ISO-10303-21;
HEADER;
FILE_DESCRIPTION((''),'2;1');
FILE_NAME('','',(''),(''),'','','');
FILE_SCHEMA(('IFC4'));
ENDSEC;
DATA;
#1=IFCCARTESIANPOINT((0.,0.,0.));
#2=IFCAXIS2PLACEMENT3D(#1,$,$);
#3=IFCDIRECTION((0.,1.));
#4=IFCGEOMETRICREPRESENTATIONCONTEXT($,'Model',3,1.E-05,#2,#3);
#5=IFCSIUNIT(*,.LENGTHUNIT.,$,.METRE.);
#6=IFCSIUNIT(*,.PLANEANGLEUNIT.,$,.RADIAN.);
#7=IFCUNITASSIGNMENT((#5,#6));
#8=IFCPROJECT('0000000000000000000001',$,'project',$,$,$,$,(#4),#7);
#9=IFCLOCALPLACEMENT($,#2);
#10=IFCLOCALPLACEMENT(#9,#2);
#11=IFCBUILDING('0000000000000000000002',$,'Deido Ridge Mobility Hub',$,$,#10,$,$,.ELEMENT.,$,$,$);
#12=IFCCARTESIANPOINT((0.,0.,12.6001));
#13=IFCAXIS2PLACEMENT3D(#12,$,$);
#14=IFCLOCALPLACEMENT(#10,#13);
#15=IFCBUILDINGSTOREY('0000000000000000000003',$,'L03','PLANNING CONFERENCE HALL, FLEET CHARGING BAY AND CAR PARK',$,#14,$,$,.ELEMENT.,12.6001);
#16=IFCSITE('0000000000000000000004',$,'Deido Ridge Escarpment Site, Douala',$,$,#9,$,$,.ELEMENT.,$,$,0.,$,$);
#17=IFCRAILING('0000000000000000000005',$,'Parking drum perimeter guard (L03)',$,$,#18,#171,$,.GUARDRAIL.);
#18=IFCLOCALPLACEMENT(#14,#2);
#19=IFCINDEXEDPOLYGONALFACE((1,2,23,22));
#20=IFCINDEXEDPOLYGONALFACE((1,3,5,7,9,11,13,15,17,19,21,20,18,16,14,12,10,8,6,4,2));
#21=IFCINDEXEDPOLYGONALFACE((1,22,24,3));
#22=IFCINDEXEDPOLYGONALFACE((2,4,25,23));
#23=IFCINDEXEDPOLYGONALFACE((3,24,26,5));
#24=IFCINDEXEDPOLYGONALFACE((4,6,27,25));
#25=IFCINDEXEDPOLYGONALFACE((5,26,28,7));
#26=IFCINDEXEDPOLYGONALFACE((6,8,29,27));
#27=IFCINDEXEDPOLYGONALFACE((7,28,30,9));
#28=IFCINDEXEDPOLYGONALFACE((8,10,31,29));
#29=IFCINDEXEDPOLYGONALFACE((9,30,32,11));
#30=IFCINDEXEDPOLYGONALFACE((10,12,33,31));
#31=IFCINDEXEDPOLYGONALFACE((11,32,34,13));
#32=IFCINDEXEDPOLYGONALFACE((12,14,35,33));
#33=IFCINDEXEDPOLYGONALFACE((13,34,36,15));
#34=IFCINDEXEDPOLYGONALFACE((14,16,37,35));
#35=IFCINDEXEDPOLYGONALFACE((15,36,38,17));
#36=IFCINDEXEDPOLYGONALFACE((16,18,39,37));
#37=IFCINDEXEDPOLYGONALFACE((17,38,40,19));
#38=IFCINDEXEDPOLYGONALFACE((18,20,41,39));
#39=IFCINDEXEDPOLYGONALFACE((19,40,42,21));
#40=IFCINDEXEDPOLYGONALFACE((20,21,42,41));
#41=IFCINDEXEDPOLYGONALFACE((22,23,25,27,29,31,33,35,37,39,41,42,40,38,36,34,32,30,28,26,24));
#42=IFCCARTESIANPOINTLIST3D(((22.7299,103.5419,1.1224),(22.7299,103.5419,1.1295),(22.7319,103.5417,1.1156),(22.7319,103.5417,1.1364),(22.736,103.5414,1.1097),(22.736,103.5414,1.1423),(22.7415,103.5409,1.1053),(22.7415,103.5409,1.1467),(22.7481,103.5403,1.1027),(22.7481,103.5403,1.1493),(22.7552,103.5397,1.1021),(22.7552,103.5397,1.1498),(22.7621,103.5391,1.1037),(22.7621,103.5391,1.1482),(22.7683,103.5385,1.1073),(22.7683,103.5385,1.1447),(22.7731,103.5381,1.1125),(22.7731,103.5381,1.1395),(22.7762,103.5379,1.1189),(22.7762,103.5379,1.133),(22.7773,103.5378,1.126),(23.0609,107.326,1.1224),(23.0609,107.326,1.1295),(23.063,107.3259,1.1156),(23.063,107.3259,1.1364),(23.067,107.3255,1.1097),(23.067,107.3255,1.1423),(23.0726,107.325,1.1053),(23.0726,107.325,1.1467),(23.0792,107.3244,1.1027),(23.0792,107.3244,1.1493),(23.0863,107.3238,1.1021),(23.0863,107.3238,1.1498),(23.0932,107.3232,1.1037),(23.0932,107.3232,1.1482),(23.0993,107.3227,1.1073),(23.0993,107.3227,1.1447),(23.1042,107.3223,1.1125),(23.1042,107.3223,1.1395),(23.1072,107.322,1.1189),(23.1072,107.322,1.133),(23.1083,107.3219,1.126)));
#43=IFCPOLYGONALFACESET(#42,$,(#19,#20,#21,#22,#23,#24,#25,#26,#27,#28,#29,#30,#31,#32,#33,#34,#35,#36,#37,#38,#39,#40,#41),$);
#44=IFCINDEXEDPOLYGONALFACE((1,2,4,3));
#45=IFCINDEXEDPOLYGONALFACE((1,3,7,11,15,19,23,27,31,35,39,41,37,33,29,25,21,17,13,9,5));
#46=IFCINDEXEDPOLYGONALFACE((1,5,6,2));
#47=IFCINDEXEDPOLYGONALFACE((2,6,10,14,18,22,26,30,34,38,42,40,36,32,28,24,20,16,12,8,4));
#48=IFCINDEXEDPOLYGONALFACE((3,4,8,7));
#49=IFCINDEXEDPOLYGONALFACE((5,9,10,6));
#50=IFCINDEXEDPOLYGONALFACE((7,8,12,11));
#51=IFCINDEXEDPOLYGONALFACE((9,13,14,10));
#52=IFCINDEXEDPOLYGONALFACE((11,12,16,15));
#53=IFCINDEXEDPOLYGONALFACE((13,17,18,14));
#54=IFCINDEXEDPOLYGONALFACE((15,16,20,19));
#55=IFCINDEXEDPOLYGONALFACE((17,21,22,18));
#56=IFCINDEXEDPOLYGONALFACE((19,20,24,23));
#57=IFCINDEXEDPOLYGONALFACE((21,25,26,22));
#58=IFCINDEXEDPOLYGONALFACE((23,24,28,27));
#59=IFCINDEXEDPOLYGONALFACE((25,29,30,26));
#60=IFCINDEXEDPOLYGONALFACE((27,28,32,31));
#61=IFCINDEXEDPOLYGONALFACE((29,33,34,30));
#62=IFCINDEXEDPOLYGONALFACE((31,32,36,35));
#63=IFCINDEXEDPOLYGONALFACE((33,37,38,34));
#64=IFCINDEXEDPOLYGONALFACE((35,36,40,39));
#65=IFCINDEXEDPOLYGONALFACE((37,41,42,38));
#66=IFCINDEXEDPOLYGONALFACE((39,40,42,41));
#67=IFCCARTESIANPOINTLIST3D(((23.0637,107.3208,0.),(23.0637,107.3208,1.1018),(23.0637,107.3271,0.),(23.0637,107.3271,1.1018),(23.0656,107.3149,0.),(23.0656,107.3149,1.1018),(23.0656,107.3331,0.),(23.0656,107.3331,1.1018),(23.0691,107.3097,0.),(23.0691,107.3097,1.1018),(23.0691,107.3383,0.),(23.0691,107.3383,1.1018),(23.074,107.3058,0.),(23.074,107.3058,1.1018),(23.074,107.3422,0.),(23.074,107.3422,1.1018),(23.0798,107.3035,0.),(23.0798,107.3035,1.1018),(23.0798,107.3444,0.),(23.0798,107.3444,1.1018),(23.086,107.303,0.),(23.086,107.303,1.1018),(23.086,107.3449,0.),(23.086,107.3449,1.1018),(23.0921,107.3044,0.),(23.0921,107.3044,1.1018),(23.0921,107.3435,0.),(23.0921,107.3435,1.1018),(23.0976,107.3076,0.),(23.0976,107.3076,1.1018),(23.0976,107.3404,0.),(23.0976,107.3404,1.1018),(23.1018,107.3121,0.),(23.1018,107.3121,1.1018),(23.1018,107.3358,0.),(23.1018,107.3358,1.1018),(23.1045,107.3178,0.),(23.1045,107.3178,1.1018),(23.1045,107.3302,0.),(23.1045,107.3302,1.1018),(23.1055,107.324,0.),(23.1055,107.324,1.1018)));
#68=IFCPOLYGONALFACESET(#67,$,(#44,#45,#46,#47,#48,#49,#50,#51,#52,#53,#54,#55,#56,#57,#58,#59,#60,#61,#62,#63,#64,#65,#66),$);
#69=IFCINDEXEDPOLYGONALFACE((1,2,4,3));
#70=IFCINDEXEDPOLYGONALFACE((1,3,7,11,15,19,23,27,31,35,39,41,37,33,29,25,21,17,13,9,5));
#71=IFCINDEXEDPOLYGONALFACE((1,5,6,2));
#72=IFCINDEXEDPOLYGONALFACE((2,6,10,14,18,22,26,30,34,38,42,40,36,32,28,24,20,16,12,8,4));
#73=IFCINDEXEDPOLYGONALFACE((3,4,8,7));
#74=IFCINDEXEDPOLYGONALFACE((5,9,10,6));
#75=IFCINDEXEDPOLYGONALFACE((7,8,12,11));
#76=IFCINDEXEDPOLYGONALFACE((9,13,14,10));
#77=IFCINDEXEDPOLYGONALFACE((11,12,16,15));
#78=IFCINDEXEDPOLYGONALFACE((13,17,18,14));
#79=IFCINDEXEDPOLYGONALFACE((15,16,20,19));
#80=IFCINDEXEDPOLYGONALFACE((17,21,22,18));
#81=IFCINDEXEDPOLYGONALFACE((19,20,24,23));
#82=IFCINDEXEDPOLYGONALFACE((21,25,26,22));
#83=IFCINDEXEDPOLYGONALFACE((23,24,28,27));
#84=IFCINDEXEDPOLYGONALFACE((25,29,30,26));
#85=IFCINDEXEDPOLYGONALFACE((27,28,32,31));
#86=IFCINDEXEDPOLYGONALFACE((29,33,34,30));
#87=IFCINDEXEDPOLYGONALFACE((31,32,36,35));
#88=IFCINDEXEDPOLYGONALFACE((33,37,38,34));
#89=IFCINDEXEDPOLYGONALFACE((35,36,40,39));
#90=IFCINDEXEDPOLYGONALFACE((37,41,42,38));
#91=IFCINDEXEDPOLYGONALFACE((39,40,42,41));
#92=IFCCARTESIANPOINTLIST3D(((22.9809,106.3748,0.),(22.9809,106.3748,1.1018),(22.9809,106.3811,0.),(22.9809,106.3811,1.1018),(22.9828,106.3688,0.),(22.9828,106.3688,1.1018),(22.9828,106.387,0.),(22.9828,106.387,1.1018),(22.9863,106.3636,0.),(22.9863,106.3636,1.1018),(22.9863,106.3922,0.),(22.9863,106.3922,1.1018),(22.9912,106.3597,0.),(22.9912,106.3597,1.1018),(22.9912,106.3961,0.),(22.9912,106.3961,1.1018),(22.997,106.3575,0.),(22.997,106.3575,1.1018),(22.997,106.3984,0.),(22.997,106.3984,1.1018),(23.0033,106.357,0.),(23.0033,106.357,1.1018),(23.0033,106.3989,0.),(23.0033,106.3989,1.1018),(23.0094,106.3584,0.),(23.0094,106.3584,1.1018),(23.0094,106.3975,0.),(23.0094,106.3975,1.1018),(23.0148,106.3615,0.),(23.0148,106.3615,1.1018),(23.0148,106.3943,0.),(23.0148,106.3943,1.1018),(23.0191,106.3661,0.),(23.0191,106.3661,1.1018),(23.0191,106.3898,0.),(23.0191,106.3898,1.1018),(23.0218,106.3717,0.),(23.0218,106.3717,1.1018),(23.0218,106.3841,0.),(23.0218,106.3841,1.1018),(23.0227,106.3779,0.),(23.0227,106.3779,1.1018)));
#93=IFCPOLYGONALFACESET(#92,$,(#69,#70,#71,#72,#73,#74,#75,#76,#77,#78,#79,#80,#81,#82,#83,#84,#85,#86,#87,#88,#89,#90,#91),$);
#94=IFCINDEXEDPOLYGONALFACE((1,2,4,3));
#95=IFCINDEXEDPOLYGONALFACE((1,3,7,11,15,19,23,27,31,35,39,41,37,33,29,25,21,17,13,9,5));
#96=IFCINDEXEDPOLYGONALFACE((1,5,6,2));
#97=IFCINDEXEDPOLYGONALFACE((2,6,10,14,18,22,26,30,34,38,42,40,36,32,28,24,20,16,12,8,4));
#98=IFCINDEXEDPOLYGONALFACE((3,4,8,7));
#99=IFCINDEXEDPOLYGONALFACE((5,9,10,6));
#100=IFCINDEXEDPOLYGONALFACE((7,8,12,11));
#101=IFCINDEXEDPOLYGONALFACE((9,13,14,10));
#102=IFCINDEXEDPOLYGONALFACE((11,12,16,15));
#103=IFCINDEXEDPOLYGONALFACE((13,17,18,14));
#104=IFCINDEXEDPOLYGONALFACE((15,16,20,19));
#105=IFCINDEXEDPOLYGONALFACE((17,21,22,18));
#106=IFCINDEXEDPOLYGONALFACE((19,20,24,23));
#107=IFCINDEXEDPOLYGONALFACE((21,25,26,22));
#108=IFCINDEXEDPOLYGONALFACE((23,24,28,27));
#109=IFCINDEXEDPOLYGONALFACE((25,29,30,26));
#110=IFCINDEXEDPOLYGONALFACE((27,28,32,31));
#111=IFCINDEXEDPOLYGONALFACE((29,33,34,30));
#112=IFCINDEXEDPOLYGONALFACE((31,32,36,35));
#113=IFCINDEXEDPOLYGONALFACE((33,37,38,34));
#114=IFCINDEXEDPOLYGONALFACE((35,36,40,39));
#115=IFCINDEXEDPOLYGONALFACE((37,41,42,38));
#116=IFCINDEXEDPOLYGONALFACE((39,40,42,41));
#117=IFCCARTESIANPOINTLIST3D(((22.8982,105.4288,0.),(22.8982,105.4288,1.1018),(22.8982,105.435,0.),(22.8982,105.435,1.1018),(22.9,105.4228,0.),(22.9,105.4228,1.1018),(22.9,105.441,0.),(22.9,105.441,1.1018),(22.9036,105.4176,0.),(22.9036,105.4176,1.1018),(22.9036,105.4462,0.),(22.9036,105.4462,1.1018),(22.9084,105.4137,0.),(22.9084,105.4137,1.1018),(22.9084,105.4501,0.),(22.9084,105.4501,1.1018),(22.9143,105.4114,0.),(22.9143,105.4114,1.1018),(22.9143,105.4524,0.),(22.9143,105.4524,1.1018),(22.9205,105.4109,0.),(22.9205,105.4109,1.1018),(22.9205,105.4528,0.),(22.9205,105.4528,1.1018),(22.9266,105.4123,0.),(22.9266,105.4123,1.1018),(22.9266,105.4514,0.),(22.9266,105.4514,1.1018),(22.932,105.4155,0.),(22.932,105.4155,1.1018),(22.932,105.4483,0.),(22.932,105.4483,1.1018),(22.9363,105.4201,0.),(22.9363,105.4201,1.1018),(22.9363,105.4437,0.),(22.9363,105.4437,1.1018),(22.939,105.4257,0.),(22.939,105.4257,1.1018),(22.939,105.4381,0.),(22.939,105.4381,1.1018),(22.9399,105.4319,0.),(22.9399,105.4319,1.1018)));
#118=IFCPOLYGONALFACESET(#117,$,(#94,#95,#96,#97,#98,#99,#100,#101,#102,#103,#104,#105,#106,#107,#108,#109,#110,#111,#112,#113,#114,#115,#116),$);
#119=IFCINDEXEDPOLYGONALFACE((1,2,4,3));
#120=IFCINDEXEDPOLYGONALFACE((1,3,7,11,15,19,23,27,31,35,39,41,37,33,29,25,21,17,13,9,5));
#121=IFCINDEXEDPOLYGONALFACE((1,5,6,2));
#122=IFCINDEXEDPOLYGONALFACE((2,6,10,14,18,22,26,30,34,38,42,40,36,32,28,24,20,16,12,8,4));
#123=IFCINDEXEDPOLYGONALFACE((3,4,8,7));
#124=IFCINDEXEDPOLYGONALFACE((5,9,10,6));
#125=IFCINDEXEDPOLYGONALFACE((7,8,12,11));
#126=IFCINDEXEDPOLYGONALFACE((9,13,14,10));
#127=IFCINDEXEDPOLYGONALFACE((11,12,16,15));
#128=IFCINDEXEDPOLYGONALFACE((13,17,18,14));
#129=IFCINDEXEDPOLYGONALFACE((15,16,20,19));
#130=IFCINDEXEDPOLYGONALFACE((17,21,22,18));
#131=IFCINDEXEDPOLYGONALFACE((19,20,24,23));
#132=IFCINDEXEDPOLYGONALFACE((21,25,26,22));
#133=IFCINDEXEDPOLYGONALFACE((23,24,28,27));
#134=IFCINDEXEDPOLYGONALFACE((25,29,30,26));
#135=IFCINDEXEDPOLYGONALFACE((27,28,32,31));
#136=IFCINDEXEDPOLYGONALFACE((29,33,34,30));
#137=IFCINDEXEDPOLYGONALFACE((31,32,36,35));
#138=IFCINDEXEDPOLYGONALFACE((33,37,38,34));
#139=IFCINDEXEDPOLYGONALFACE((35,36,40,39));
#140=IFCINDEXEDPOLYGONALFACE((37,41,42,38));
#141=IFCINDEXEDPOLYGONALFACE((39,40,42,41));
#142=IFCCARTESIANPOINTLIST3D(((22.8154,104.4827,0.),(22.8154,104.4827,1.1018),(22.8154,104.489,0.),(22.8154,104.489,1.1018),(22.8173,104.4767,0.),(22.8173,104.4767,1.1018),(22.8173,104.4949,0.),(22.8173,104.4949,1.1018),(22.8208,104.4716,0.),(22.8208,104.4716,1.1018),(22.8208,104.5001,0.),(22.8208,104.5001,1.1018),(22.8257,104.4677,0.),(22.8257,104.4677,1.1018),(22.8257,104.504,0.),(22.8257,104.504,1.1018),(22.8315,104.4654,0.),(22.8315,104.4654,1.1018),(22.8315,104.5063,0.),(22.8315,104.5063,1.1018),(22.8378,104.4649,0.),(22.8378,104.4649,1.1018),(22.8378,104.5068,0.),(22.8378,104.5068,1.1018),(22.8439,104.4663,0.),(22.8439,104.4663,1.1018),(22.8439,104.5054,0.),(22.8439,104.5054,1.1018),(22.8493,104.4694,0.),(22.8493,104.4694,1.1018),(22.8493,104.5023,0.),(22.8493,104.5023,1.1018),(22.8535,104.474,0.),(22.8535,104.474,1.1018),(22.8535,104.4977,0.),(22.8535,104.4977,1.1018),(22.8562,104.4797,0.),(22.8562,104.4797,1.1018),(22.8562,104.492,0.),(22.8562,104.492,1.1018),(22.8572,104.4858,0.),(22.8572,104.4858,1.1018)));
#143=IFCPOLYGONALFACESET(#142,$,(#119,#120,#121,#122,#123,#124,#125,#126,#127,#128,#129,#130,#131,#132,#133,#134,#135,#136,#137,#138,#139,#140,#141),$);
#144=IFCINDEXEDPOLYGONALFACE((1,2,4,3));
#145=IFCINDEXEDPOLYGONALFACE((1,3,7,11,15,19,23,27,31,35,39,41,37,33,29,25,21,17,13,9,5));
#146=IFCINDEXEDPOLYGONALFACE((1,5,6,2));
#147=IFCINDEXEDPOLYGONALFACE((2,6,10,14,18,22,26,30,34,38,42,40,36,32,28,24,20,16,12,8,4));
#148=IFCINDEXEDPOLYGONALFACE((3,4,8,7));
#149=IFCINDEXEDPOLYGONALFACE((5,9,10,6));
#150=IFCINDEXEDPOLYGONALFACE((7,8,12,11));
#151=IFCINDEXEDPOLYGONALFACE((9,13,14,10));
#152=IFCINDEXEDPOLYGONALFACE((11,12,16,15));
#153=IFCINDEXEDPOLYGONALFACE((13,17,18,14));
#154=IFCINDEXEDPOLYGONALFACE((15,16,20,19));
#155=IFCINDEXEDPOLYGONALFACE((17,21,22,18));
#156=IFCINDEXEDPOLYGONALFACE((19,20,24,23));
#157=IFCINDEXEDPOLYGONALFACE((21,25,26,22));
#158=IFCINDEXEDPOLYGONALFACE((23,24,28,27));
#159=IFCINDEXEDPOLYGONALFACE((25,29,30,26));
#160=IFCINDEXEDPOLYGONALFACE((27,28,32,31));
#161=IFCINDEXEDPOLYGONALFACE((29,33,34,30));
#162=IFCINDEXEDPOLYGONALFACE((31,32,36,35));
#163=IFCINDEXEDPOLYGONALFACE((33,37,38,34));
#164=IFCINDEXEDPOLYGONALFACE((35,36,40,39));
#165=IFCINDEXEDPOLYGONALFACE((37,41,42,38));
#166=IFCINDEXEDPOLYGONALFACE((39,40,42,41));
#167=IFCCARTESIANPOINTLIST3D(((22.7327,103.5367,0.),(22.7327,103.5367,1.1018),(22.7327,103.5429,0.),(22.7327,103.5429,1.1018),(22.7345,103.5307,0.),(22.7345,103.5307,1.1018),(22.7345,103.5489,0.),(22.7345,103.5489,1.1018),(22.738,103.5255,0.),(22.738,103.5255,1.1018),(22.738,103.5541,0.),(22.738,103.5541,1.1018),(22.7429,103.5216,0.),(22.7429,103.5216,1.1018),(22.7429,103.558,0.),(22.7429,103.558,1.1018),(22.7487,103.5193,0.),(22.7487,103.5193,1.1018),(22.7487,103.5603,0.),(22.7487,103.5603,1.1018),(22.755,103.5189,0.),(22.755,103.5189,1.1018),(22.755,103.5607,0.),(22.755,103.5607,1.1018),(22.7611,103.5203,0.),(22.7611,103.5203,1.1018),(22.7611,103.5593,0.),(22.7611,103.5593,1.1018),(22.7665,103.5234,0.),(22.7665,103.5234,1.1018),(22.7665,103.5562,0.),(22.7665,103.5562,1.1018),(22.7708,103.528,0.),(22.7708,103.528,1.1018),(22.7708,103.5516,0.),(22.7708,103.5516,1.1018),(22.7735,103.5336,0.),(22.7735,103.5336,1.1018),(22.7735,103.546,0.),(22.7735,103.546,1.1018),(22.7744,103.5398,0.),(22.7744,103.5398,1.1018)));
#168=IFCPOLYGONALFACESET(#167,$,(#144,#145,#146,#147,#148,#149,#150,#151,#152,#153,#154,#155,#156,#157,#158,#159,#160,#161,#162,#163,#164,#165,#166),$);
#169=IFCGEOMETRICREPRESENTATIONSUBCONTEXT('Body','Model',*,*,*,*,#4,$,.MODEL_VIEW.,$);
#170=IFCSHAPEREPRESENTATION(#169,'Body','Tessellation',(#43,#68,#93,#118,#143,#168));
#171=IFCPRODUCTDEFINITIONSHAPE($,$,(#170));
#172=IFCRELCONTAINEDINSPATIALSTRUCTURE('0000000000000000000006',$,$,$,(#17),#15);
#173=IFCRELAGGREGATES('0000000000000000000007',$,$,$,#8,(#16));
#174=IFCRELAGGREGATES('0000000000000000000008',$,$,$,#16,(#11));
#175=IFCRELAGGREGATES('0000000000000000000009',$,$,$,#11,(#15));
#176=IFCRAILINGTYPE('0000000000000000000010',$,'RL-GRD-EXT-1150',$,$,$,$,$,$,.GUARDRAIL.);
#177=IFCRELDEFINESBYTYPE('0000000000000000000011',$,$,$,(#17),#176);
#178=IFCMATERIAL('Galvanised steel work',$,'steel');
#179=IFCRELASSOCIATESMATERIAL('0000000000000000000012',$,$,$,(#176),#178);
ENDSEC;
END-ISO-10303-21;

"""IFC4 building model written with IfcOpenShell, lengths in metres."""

from ifc_helpers import new_model, si_unit, direction, frame, origin, origin_2d, place, context, subcontext, project, spatial, circle, extrude, material, type_object, element, save


model = new_model("IFC4")

# Units and contexts
model_context = context("Model", 3, precision=1e-05, world=origin(), true_north=direction((0.0, 1.0)))
body_context = subcontext(model_context, "Body", "Model", "MODEL_VIEW")
ifc_project = project(units=[si_unit("LENGTHUNIT", "METRE"), si_unit("PLANEANGLEUNIT", "RADIAN")], contexts=[model_context])

# Site, building, storey
site_placement = place(None, origin())
site = spatial("IfcSite", under=ifc_project, at=site_placement, Name="Deido Ridge Escarpment Site, Douala", CompositionType="ELEMENT", RefElevation=0.0)
building_placement = place(site_placement, origin())
building = spatial("IfcBuilding", under=site, at=building_placement, Name="Deido Ridge Mobility Hub", CompositionType="ELEMENT")
storey_placement = place(building_placement, frame((0.0, 0.0, 12.6001)))
storey = spatial("IfcBuildingStorey", under=building, at=storey_placement, Name="L03", Description="PLANNING CONFERENCE HALL, FLEET CHARGING BAY AND CAR PARK", CompositionType="ELEMENT", Elevation=12.6001)

# Railing
ifc_material_1 = material(Name="Galvanised steel work", Category="steel")
railing_type = type_object("IfcRailingType", Name="RL-GRD-EXT-1150", PredefinedType="GUARDRAIL", material=ifc_material_1)
railing_1_placement = place(storey_placement, frame((23.0845, 107.324, 0.0)))
element("IfcRailing", 1, at=railing_1_placement, inside=storey, type_object=railing_type, Name="Parking drum perimeter guard (L03)", PredefinedType="GUARDRAIL", context=body_context, shape_type="SweptSolid", body=[
    extrude(circle(Radius=0.0239, at=origin_2d()), frame((0.0, 0.0, 1.126), z_axis=(-0.087151, -0.996195, 0.0), x_axis=(0.996195, -0.087151, 0.0)), (0.0, 0.0, 1.0), 3.7986),
    extrude(circle(Radius=0.021, at=origin_2d()), origin(), (0.0, 0.0, 1.0), 1.1018),
    extrude(circle(Radius=0.021, at=origin_2d()), frame((-0.0828, -0.946, 0.0)), (0.0, 0.0, 1.0), 1.1018),
    extrude(circle(Radius=0.021, at=origin_2d()), frame((-0.1655, -1.8921, 0.0)), (0.0, 0.0, 1.0), 1.1018),
    extrude(circle(Radius=0.021, at=origin_2d()), frame((-0.2483, -2.8381, 0.0)), (0.0, 0.0, 1.0), 1.1018),
    extrude(circle(Radius=0.021, at=origin_2d()), frame((-0.3311, -3.7842, 0.0)), (0.0, 0.0, 1.0), 1.1018),
])

save(model, "model.ifc")
